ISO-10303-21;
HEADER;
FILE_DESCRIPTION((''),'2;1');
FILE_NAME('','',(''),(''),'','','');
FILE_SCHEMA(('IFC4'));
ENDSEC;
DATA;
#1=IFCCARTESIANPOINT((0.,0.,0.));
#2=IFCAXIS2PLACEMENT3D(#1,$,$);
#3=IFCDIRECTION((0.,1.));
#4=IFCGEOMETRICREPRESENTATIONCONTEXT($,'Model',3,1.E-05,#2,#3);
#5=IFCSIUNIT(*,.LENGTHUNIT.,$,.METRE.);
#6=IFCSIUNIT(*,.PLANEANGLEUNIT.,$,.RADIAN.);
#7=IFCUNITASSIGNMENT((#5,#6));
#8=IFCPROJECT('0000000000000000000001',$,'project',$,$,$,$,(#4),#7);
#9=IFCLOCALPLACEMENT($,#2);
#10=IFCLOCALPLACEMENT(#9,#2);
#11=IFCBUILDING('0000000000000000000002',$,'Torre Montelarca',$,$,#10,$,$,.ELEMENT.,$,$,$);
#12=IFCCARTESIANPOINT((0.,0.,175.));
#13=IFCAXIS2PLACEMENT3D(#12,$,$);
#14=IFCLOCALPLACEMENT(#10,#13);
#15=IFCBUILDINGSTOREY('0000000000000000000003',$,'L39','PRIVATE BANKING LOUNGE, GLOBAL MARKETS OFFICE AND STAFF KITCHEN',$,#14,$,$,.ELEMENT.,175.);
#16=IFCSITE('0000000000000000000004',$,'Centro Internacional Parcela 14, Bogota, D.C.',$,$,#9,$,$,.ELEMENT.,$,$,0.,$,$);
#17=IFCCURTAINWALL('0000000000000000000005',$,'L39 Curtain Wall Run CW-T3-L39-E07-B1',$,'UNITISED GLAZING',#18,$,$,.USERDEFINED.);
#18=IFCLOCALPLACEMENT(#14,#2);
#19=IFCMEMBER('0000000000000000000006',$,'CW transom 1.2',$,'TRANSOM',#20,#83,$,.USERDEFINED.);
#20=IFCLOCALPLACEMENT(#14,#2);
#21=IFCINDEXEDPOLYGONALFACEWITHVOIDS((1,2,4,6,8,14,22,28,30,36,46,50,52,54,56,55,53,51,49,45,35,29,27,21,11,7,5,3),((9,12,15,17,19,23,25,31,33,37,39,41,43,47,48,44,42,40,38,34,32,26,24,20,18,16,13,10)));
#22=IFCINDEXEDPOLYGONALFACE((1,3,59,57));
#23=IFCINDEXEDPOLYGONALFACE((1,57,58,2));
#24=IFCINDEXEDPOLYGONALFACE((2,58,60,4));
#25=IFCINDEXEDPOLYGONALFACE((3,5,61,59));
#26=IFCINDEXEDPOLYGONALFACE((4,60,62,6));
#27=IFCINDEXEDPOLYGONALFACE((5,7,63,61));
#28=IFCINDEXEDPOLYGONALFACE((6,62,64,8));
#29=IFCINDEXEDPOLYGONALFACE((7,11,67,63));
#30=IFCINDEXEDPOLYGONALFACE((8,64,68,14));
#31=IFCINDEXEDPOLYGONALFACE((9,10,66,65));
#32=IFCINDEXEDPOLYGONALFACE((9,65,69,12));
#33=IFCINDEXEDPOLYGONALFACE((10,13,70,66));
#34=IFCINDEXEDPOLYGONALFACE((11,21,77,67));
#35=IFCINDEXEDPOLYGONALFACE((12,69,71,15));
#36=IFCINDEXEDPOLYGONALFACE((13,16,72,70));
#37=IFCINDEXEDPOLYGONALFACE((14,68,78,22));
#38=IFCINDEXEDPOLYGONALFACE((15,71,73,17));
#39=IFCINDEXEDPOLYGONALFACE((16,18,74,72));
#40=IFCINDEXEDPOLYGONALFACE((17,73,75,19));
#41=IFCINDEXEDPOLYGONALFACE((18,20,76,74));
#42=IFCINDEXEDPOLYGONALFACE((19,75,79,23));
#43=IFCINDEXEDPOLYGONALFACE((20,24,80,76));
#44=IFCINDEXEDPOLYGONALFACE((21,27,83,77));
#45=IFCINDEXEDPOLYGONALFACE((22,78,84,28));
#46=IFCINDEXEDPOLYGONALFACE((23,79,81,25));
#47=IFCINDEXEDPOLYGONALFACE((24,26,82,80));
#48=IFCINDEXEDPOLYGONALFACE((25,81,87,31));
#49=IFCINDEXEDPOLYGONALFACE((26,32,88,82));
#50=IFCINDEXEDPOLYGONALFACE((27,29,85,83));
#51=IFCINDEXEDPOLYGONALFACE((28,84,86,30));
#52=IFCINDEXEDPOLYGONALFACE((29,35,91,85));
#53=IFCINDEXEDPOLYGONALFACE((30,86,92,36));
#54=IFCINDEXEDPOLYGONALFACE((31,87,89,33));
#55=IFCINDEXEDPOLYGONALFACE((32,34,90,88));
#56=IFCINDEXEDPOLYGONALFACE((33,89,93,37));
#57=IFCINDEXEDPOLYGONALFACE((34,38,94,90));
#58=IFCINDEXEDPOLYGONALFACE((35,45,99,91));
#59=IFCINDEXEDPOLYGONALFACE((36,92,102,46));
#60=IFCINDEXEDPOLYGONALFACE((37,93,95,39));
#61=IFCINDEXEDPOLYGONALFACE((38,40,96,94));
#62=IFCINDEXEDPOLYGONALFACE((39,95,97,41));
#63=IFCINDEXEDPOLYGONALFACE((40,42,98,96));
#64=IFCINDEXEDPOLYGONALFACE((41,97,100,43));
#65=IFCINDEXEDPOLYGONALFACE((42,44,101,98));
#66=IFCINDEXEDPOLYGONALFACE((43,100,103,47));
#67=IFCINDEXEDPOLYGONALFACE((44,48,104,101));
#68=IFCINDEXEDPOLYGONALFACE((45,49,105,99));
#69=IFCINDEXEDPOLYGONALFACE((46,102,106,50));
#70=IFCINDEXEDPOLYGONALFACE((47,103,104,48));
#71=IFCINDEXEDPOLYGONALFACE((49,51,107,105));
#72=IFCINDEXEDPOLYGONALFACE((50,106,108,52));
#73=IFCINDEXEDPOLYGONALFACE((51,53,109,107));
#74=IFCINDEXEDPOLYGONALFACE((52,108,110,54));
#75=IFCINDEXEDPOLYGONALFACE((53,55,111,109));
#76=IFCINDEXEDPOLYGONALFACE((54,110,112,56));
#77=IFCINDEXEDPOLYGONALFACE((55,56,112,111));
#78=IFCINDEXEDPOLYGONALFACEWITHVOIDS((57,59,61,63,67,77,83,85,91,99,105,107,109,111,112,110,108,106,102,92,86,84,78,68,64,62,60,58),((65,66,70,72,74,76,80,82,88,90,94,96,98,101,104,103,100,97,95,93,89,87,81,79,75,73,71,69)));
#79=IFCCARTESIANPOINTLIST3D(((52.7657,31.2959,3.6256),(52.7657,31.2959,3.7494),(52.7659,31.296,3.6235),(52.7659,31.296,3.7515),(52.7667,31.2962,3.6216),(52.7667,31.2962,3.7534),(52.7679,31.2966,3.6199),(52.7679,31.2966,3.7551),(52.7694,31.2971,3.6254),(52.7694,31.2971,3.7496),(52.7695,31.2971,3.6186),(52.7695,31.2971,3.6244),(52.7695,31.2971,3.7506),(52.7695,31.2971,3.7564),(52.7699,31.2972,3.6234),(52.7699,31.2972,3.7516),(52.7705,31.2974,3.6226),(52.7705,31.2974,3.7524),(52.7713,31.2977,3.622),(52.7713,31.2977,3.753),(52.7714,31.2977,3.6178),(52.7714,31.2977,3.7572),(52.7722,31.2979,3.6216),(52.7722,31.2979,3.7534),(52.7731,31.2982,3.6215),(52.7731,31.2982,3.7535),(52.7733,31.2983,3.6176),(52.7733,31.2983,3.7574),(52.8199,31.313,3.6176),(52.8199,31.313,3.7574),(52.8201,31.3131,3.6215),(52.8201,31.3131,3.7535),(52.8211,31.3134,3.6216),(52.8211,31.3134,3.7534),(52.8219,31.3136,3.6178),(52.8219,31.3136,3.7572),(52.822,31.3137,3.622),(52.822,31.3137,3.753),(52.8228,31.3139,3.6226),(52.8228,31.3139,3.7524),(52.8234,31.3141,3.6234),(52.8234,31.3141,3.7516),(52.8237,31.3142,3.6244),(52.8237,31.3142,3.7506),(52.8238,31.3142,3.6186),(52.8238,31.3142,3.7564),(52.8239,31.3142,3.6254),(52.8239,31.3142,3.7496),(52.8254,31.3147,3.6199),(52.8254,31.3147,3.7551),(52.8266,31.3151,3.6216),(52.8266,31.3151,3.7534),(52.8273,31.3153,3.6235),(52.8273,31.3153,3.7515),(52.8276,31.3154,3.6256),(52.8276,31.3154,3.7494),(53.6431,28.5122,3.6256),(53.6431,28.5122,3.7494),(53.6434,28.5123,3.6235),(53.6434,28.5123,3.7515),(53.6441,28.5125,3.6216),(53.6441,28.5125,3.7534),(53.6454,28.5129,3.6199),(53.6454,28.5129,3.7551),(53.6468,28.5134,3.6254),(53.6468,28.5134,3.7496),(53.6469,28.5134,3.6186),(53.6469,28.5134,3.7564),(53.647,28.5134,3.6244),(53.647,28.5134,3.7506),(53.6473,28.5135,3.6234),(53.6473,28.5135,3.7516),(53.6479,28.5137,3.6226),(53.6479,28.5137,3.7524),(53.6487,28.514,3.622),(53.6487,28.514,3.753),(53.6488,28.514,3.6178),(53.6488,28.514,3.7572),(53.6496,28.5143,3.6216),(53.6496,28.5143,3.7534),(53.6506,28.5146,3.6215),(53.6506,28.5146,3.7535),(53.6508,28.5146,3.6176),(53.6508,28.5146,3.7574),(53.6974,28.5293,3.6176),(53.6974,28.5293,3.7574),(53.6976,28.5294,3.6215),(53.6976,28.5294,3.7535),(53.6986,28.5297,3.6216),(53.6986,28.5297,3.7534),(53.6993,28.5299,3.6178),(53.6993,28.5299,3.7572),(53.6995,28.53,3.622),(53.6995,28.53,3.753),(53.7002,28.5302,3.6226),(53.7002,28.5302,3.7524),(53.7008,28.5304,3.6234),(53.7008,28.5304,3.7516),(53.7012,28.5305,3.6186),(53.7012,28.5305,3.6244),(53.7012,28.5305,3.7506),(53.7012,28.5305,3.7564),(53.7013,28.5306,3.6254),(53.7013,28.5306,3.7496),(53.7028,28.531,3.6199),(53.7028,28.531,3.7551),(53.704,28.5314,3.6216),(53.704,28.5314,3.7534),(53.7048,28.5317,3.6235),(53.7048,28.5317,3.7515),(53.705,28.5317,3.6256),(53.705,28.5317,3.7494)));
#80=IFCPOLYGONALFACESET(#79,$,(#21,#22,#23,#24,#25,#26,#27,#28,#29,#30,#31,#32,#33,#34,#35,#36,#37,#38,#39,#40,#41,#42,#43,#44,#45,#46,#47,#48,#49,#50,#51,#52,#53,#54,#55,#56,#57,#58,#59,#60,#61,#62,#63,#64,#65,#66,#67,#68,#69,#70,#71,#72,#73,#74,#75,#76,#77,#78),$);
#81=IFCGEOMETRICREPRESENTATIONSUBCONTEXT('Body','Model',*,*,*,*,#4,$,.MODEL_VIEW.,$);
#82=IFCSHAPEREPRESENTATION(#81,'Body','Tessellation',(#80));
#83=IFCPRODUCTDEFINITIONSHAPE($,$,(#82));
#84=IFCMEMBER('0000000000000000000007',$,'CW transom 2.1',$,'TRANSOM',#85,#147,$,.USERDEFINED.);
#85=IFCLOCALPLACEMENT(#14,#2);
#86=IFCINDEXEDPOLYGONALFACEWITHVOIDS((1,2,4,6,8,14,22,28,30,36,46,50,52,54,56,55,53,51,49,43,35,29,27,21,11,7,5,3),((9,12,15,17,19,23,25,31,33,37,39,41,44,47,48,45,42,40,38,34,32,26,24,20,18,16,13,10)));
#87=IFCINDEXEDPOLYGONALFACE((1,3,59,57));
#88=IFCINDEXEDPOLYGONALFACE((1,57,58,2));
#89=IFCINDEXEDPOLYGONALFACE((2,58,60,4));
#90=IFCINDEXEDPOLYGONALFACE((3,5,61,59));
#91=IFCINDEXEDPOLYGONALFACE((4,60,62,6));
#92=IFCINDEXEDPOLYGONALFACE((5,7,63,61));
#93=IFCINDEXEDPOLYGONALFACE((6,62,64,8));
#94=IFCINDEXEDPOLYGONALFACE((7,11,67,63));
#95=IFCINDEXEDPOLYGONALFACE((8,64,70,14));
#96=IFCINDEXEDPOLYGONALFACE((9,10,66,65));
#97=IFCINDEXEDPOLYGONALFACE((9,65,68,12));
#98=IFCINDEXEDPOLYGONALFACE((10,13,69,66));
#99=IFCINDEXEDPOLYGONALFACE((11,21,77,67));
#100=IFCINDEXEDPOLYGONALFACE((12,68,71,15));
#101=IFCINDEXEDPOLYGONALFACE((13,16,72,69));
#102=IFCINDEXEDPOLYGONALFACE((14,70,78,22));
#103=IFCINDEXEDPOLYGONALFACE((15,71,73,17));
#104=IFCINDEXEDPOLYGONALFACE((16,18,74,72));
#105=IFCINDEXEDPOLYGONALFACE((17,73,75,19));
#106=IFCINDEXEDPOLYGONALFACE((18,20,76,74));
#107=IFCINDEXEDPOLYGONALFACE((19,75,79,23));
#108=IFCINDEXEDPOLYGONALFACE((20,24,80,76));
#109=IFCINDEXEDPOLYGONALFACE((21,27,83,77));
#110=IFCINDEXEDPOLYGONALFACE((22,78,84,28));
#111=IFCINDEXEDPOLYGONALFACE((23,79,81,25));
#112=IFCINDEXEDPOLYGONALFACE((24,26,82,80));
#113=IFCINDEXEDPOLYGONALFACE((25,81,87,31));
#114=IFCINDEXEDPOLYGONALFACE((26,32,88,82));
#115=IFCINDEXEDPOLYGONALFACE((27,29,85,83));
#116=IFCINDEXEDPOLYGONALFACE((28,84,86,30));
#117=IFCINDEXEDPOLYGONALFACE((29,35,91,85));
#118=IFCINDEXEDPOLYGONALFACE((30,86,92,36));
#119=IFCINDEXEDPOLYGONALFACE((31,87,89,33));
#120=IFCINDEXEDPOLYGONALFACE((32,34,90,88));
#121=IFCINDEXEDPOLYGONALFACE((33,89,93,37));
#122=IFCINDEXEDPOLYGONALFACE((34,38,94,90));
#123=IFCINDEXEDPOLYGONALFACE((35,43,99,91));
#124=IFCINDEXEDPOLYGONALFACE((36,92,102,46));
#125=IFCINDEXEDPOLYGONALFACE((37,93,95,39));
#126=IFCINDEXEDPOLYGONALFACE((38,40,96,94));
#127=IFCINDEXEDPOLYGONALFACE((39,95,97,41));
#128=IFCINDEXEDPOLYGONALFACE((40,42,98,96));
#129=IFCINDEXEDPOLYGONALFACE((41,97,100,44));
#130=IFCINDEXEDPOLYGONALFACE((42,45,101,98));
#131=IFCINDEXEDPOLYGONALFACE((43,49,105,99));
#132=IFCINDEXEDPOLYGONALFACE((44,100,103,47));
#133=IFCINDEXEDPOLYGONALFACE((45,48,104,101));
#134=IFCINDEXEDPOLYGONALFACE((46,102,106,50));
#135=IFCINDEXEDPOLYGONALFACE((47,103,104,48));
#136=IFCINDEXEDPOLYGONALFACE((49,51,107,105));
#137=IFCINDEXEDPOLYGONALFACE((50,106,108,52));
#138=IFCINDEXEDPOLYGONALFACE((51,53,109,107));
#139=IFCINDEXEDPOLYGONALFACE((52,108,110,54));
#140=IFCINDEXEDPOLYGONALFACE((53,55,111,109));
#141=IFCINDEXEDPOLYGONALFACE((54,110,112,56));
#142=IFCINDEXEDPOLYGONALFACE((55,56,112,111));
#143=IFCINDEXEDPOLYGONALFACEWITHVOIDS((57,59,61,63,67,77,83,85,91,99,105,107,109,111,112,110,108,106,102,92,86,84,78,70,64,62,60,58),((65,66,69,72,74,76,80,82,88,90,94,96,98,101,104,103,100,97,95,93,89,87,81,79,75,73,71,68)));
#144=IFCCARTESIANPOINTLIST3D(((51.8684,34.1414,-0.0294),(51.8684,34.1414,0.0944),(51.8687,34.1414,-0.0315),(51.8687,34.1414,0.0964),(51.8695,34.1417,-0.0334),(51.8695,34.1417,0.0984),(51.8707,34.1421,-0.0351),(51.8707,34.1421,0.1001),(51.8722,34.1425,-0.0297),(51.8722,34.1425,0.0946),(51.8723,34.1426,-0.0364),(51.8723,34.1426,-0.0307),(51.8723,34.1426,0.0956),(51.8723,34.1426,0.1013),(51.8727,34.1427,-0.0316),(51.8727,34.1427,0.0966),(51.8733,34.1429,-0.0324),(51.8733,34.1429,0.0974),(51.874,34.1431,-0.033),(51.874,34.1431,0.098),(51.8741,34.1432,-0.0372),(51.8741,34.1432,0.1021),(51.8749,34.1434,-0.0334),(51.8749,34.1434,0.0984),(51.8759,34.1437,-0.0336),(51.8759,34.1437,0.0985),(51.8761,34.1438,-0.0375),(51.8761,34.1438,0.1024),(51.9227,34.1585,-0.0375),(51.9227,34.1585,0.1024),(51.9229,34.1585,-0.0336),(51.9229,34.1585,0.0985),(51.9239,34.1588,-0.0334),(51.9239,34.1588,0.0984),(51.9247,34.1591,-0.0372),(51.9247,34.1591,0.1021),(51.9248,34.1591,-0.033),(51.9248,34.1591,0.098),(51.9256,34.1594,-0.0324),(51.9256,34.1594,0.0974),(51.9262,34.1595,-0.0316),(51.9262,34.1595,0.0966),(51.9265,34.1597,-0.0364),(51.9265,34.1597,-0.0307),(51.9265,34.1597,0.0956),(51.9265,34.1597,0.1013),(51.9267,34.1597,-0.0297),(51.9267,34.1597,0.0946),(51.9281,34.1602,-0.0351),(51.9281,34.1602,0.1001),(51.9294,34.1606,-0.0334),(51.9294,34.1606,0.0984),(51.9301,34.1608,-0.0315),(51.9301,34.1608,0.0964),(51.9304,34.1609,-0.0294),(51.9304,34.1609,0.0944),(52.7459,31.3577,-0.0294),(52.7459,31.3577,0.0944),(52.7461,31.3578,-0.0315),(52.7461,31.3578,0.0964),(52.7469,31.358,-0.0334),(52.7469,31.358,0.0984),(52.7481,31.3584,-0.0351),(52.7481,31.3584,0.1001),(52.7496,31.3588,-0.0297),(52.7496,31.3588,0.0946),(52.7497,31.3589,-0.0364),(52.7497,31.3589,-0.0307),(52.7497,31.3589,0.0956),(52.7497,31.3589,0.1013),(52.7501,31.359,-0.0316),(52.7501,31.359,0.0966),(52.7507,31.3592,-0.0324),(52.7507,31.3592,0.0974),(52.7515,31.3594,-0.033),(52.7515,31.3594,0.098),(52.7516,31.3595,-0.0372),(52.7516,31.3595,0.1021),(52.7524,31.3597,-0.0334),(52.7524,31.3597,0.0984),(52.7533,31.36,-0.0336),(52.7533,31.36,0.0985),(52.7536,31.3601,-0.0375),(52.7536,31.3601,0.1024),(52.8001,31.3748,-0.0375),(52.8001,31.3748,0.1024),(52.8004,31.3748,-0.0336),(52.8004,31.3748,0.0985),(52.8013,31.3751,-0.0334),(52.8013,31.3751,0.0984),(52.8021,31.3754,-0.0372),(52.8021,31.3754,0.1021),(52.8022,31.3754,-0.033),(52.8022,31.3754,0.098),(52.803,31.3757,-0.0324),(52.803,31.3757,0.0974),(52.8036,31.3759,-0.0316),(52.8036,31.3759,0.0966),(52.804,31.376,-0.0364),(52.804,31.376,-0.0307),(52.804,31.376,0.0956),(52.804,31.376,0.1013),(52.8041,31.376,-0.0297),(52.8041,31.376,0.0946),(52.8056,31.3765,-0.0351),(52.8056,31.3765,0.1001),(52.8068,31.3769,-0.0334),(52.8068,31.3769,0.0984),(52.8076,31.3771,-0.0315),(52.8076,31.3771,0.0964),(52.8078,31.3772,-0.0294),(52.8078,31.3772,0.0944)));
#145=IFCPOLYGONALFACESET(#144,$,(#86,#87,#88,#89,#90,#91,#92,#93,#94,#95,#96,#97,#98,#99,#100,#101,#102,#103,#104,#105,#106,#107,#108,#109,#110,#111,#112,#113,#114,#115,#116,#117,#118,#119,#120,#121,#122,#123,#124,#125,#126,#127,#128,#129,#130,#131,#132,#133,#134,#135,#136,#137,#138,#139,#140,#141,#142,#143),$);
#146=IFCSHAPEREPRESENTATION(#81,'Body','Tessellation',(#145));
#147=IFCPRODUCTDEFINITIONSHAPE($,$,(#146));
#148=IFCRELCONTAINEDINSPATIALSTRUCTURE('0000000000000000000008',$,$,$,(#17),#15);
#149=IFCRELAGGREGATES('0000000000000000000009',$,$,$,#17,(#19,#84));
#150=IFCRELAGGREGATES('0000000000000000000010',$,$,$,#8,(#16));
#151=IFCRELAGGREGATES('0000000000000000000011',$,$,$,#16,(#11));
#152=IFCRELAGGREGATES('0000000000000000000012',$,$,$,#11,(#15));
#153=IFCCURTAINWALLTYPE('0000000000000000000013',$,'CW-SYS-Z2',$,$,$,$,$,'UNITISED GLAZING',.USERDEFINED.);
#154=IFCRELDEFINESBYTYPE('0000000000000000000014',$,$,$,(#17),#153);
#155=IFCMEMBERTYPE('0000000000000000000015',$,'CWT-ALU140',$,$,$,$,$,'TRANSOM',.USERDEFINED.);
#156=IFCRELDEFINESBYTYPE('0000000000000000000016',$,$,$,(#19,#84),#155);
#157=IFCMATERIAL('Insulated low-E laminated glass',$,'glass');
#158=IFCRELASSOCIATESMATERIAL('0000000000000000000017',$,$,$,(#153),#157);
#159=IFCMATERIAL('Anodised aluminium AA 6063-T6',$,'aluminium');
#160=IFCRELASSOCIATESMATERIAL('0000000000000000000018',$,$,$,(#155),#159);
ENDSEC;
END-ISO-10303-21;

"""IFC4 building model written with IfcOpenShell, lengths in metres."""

from ifc_helpers import new_model, si_unit, direction, frame, origin, origin_2d, place, context, subcontext, project, spatial, hollow_rectangle, extrude, source, transform, mapped, material, material_profile, profile_set, type_object, element, aggregate, save


model = new_model("IFC4")

# Units and contexts
model_context = context("Model", 3, precision=1e-05, world=origin(), true_north=direction((0.0, 1.0)))
body_context = subcontext(model_context, "Body", "Model", "MODEL_VIEW")
ifc_project = project(units=[si_unit("LENGTHUNIT", "METRE"), si_unit("PLANEANGLEUNIT", "RADIAN")], contexts=[model_context])

# Site, building, storey
site_placement = place(None, origin())
site = spatial("IfcSite", under=ifc_project, at=site_placement, Name="Centro Internacional Parcela 14, Bogota, D.C.", CompositionType="ELEMENT", RefElevation=0.0)
building_placement = place(site_placement, origin())
building = spatial("IfcBuilding", under=site, at=building_placement, Name="Torre Montelarca", CompositionType="ELEMENT")
storey_placement = place(building_placement, frame((0.0, 0.0, 175.0)))
storey = spatial("IfcBuildingStorey", under=building, at=storey_placement, Name="L39", Description="PRIVATE BANKING LOUNGE, GLOBAL MARKETS OFFICE AND STAFF KITCHEN", CompositionType="ELEMENT", Elevation=175.0)

# Curtain wall, members
ifc_material_1 = material(Name="Insulated low-E laminated glass", Category="glass")
curtain_wall_type = type_object("IfcCurtainWallType", Name="CW-SYS-Z2", ElementType="UNITISED GLAZING", PredefinedType="USERDEFINED", material=ifc_material_1)
curtain_wall_1_placement = place(storey_placement, origin())
curtain_wall_1 = element("IfcCurtainWall", 1, at=curtain_wall_1_placement, inside=storey, type_object=curtain_wall_type, Name="L39 Curtain Wall Run CW-T3-L39-E07-B1", ObjectType="UNITISED GLAZING", PredefinedType="USERDEFINED")
ifc_material_2 = material(Name="Anodised aluminium AA 6063-T6", Category="aluminium")
ifc_material_profile_1 = material_profile(ifc_material_2, hollow_rectangle(XDim=0.0649, YDim=0.1399, WallThickness=0.0039, InnerFilletRadius=0.0039, OuterFilletRadius=0.0081, at=origin_2d()), Name="ALU65X140X4", Category="aluminium")
ifc_profile_set_1 = profile_set([ifc_material_profile_1], Name="Anodised aluminium AA 6063-T6")
member_type_1 = type_object("IfcMemberType", Name="CWT-ALU140", ElementType="TRANSOM", PredefinedType="USERDEFINED", material=ifc_profile_set_1)
shared_shape_1 = source(origin(), body_context, "Body", "SweptSolid", [
    extrude(hollow_rectangle(XDim=0.0649, YDim=0.1399, WallThickness=0.0039, InnerFilletRadius=0.0039, OuterFilletRadius=0.0081, at=origin_2d()), origin(), (0.0, 0.0, 1.0), 2.9187),
])
member_1_placement = place(storey_placement, frame((53.6741, 28.522, 3.6875), z_axis=(-0.300627, 0.953742, 0.0), x_axis=(-0.953742, -0.300627, 0.0)))
member_1 = element("IfcMember", 2, at=member_1_placement, type_object=member_type_1, Name="CW transom 1.2", ObjectType="TRANSOM", PredefinedType="USERDEFINED", context=body_context, shape_type="MappedRepresentation", body=[
    mapped(shared_shape_1, transform((0.0, 0.0, 0.0), scale=1.0)),
])
member_2_placement = place(storey_placement, frame((52.7769, 31.3674, 0.0325), z_axis=(-0.300627, 0.953742, 0.0), x_axis=(-0.953742, -0.300627, 0.0)))
member_2 = element("IfcMember", 3, at=member_2_placement, type_object=member_type_1, Name="CW transom 2.1", ObjectType="TRANSOM", PredefinedType="USERDEFINED", context=body_context, shape_type="MappedRepresentation", body=[
    mapped(shared_shape_1, transform((0.0, 0.0, 0.0), scale=1.0)),
])

aggregate(curtain_wall_1, [member_1, member_2])

save(model, "model.ifc")
